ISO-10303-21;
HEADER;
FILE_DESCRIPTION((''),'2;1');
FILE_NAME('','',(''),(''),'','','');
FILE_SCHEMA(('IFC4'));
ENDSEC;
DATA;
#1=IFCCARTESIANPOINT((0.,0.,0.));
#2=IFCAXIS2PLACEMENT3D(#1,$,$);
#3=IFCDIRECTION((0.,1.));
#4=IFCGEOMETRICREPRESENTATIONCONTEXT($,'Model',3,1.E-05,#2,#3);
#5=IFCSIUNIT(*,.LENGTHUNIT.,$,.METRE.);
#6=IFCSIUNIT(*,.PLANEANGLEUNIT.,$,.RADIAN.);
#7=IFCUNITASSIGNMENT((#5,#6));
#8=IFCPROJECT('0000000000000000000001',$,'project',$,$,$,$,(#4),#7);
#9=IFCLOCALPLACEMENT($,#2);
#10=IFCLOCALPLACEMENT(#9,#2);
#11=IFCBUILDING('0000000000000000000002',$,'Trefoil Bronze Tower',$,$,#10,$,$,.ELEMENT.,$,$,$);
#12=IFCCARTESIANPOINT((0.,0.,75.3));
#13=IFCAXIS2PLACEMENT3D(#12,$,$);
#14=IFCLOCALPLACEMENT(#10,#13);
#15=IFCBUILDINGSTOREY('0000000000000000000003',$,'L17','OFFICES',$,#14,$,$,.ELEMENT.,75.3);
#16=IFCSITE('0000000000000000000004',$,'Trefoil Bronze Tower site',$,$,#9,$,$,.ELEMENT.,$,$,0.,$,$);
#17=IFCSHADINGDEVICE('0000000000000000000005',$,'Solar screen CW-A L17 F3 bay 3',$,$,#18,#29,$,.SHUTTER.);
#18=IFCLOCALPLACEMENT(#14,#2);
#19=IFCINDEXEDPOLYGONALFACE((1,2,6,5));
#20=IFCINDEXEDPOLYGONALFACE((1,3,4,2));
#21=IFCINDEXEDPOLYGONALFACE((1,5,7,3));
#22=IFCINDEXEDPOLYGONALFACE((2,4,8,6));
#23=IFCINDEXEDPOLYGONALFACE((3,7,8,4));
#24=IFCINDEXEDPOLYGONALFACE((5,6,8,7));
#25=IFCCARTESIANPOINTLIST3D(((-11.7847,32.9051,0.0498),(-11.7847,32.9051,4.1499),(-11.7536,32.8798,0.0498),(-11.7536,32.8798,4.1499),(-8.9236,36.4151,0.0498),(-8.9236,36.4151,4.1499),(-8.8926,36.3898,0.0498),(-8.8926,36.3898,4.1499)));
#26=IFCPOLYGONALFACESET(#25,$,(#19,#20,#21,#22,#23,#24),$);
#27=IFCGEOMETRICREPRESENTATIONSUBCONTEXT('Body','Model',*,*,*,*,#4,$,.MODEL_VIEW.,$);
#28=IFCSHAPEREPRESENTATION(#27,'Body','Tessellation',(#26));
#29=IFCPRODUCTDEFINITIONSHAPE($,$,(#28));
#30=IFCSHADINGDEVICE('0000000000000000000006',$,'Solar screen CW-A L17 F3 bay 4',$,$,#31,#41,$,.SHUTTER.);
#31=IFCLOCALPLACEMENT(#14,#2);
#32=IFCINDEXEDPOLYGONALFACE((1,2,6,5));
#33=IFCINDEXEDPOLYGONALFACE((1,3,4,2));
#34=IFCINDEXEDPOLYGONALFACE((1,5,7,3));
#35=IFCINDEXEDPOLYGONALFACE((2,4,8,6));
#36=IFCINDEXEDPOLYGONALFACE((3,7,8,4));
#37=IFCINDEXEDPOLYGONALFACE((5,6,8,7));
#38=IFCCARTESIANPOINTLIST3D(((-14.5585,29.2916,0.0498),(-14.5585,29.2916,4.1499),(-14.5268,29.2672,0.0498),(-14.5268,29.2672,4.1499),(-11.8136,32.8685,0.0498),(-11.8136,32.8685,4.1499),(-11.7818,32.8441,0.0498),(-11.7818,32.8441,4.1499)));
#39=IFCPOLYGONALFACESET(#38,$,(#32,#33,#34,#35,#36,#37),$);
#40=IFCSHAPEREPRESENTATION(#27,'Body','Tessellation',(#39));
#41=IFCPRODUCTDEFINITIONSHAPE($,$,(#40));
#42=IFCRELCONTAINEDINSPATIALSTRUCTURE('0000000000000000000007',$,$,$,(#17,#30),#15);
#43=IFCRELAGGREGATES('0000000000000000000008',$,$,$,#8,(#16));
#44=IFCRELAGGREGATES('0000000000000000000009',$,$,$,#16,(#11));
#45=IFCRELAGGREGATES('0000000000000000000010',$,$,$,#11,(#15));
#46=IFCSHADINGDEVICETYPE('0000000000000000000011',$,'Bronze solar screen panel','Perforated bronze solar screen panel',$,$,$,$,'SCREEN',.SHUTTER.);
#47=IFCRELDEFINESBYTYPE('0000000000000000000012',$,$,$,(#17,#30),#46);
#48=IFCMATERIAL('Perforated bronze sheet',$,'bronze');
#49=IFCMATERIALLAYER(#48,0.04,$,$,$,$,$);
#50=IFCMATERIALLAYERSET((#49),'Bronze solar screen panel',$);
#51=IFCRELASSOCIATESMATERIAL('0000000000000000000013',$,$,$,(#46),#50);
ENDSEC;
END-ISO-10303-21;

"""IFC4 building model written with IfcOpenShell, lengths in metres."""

from ifc_helpers import new_model, si_unit, direction, frame, origin, origin_2d, place, context, subcontext, project, spatial, rectangle, extrude, material, layer, layer_set, type_object, element, save


model = new_model("IFC4")

# Units and contexts
model_context = context("Model", 3, precision=1e-05, world=origin(), true_north=direction((0.0, 1.0)))
body_context = subcontext(model_context, "Body", "Model", "MODEL_VIEW")
ifc_project = project(units=[si_unit("LENGTHUNIT", "METRE"), si_unit("PLANEANGLEUNIT", "RADIAN")], contexts=[model_context])

# Site, building, storey
site_placement = place(None, origin())
site = spatial("IfcSite", under=ifc_project, at=site_placement, Name="Trefoil Bronze Tower site", CompositionType="ELEMENT", RefElevation=0.0)
building_placement = place(site_placement, origin())
building = spatial("IfcBuilding", under=site, at=building_placement, Name="Trefoil Bronze Tower", CompositionType="ELEMENT")
storey_placement = place(building_placement, frame((0.0, 0.0, 75.3)))
storey = spatial("IfcBuildingStorey", under=building, at=storey_placement, Name="L17", Description="OFFICES", CompositionType="ELEMENT", Elevation=75.3)

# Shading devices
ifc_material_1 = material(Name="Perforated bronze sheet", Category="bronze")
ifc_layer_1 = layer(ifc_material_1, 0.04)
ifc_layer_set_1 = layer_set([ifc_layer_1], Name="Bronze solar screen panel")
shading_device_type = type_object("IfcShadingDeviceType", Name="Bronze solar screen panel", Description="Perforated bronze solar screen panel", ElementType="SCREEN", PredefinedType="SHUTTER", material=ifc_layer_set_1)
shading_device_1_placement = place(storey_placement, frame((-10.3386, 34.6475, 0.0498), z_axis=(0.0, 0.0, 1.0), x_axis=(-0.631811, -0.775123, 0.0)))
element("IfcShadingDevice", 1, at=shading_device_1_placement, inside=storey, type_object=shading_device_type, Name="Solar screen CW-A L17 F3 bay 3", PredefinedType="SHUTTER", context=body_context, shape_type="SweptSolid", body=[
    extrude(rectangle(XDim=4.5283, YDim=0.04, at=origin_2d()), origin(), (0.0, 0.0, 1.0), 4.1001),
])
shading_device_2_placement = place(storey_placement, frame((-13.1702, 31.0679, 0.0498), z_axis=(0.0, 0.0, 1.0), x_axis=(-0.608808, -0.793318, 0.0)))
element("IfcShadingDevice", 2, at=shading_device_2_placement, inside=storey, type_object=shading_device_type, Name="Solar screen CW-A L17 F3 bay 4", PredefinedType="SHUTTER", context=body_context, shape_type="SweptSolid", body=[
    extrude(rectangle(XDim=4.5088, YDim=0.04, at=origin_2d()), origin(), (0.0, 0.0, 1.0), 4.1001),
])

save(model, "model.ifc")
